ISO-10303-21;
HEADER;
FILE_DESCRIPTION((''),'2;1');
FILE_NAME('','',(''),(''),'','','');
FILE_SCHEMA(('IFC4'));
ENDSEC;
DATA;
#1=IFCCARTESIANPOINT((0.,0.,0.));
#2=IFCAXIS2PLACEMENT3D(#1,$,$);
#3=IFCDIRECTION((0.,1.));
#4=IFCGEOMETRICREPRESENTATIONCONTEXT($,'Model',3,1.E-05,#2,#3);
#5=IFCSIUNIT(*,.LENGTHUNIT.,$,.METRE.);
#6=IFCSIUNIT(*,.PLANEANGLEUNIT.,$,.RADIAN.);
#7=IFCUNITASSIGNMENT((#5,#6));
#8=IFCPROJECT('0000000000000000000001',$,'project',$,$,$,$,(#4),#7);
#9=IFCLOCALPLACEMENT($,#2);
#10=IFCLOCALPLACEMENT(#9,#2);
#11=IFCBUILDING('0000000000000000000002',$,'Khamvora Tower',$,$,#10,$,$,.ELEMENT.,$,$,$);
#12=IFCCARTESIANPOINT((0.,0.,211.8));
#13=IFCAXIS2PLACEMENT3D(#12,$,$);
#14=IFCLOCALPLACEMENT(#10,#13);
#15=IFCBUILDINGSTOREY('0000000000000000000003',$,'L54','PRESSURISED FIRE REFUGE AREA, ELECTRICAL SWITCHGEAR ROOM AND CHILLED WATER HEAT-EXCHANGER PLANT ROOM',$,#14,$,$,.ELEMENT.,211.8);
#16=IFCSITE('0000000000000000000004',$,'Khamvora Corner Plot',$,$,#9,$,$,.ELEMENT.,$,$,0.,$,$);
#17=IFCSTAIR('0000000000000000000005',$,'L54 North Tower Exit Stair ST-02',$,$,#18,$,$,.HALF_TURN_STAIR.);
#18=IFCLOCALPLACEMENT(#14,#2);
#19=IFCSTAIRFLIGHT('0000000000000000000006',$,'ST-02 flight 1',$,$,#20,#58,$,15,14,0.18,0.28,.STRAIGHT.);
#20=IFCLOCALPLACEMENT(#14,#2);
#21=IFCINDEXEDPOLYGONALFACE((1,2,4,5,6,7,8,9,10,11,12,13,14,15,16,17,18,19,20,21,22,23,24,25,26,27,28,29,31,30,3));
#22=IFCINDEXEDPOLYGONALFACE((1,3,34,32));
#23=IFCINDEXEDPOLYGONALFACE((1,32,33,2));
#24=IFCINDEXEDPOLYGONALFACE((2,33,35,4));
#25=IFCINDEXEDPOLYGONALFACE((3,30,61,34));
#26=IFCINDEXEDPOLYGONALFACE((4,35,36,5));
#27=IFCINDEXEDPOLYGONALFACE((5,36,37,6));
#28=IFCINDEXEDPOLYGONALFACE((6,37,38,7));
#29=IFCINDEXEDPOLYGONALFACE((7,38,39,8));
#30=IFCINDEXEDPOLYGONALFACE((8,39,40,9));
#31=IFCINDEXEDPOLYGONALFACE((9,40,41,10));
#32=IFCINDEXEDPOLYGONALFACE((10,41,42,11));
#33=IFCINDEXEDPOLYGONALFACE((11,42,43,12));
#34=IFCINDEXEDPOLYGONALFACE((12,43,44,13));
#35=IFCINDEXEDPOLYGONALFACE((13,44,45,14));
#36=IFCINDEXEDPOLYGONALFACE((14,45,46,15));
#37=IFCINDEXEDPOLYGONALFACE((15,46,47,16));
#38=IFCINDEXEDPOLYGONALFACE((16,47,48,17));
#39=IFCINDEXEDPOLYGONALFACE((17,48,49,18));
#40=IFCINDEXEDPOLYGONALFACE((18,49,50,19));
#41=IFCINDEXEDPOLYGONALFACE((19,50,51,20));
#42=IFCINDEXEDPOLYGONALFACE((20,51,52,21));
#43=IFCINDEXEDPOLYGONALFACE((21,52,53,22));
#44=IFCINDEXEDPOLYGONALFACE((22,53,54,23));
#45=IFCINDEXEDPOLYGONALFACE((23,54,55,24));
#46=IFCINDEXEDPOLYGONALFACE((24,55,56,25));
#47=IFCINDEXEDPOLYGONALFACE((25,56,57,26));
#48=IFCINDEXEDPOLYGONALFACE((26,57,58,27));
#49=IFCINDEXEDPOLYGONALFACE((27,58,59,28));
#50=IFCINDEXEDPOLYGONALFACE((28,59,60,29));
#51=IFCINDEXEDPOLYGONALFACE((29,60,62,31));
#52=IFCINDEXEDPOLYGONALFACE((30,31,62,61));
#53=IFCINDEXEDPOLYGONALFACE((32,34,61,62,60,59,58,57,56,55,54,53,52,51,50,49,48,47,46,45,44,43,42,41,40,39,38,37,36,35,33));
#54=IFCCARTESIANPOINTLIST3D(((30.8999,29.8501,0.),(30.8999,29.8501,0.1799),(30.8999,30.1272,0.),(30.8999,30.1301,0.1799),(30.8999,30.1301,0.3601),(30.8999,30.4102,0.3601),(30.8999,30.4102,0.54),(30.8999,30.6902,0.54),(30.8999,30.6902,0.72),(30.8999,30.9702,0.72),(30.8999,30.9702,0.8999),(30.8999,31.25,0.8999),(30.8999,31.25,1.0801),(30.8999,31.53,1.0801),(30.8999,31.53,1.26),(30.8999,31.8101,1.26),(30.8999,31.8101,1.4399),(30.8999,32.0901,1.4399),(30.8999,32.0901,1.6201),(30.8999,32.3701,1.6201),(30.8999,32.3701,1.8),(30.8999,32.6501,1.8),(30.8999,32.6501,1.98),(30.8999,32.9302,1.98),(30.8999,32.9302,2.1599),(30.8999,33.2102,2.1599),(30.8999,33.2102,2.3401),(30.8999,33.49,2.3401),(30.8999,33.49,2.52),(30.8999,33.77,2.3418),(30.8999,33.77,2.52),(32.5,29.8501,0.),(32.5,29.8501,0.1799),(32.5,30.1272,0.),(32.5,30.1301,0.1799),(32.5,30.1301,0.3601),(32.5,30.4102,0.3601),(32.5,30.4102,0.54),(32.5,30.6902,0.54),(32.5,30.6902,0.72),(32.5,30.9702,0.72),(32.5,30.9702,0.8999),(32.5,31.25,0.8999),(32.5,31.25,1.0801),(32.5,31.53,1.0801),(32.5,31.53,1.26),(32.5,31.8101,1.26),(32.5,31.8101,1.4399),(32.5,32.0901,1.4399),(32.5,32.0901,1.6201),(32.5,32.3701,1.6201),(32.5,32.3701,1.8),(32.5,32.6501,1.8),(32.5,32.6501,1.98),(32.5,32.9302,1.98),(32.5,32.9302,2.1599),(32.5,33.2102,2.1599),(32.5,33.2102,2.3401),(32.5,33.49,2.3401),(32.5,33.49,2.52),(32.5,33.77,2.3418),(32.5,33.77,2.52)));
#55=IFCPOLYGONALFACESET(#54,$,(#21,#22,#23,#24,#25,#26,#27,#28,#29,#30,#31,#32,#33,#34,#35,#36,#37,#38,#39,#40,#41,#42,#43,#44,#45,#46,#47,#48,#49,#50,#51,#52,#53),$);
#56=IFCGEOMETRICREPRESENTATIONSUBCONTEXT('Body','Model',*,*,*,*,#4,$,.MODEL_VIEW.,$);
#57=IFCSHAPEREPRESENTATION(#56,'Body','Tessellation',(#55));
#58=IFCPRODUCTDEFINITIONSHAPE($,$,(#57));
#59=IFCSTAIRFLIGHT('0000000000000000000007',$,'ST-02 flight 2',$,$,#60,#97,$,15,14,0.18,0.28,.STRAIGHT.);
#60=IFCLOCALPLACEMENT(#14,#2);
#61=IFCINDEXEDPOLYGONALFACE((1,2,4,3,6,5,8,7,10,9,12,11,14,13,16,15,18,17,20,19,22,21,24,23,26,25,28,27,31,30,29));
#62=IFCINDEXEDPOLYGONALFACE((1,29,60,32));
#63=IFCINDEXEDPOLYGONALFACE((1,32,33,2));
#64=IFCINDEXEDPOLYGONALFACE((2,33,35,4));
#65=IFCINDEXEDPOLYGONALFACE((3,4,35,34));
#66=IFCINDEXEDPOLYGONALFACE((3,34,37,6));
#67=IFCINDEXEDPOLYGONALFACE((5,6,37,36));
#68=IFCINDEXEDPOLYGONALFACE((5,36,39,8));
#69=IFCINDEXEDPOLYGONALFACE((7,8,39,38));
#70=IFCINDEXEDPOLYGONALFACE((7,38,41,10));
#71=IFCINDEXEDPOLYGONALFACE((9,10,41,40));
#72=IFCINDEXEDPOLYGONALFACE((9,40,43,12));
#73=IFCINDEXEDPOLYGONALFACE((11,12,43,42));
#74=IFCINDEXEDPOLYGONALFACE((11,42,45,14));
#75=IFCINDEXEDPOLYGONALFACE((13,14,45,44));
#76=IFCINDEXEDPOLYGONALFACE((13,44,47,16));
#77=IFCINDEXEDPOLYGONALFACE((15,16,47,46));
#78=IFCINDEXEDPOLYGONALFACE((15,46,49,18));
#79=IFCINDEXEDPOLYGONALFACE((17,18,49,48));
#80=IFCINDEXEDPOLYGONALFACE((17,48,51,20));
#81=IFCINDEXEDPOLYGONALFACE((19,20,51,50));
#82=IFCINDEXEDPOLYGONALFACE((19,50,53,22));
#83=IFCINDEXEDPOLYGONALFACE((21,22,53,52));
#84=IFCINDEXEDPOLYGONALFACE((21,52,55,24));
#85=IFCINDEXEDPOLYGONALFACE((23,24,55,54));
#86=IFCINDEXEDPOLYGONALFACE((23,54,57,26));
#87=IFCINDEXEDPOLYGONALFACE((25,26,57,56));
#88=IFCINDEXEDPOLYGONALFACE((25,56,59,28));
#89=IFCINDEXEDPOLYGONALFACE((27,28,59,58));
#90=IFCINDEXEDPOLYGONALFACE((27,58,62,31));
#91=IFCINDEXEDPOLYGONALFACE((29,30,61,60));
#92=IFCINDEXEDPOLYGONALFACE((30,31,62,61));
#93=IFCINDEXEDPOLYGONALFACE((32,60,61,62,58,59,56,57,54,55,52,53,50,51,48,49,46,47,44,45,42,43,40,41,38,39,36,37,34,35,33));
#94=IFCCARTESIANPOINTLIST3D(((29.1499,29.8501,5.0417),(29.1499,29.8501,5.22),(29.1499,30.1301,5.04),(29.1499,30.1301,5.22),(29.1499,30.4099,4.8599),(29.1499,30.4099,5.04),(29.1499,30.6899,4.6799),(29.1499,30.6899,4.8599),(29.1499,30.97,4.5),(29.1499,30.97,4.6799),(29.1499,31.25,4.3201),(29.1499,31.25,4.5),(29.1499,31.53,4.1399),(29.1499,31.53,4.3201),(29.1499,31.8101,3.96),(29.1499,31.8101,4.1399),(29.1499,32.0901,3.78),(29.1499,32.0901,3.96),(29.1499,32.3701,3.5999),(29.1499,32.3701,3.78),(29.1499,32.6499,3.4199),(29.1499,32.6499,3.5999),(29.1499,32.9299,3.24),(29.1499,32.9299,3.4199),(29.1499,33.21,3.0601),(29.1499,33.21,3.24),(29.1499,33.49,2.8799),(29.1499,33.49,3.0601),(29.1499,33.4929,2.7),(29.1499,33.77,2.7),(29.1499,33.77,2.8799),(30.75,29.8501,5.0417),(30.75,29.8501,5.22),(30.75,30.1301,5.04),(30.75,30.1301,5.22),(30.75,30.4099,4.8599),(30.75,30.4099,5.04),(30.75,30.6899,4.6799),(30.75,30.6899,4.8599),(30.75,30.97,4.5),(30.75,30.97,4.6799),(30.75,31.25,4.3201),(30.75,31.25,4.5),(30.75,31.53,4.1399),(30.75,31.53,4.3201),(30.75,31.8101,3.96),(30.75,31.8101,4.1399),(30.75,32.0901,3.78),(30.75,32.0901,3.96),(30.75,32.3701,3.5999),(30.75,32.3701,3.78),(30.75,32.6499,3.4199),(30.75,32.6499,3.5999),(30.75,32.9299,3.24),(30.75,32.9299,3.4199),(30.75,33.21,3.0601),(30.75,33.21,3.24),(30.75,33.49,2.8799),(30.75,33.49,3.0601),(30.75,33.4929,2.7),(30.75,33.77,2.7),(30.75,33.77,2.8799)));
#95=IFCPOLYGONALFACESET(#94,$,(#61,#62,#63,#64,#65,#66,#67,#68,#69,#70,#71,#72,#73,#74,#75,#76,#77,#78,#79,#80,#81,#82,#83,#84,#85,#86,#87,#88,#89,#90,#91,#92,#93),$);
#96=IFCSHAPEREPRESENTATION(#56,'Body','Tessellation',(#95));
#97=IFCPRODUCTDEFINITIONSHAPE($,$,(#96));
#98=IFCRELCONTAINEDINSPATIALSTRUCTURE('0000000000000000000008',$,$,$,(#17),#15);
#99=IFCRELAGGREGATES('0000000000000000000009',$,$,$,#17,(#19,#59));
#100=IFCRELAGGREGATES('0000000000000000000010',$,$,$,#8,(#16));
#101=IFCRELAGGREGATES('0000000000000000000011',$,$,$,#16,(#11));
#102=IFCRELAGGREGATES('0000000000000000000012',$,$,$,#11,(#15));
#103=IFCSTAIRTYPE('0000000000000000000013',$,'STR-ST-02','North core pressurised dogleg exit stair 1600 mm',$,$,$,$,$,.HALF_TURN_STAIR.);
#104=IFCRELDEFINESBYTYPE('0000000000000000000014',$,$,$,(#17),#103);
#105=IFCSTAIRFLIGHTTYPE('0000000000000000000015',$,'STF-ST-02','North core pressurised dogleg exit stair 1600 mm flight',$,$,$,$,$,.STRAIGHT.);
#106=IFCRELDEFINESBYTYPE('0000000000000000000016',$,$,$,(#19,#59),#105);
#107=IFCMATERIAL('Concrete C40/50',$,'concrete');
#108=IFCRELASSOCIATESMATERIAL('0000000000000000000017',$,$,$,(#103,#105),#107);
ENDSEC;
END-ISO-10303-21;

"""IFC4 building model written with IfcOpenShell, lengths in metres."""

from ifc_helpers import new_model, si_unit, direction, frame, origin, place, context, subcontext, project, spatial, polyline, outline, extrude, material, type_object, element, aggregate, save


model = new_model("IFC4")

# Units and contexts
model_context = context("Model", 3, precision=1e-05, world=origin(), true_north=direction((0.0, 1.0)))
body_context = subcontext(model_context, "Body", "Model", "MODEL_VIEW")
ifc_project = project(units=[si_unit("LENGTHUNIT", "METRE"), si_unit("PLANEANGLEUNIT", "RADIAN")], contexts=[model_context])

# Site, building, storey
site_placement = place(None, origin())
site = spatial("IfcSite", under=ifc_project, at=site_placement, Name="Khamvora Corner Plot", CompositionType="ELEMENT", RefElevation=0.0)
building_placement = place(site_placement, origin())
building = spatial("IfcBuilding", under=site, at=building_placement, Name="Khamvora Tower", CompositionType="ELEMENT")
storey_placement = place(building_placement, frame((0.0, 0.0, 211.8)))
storey = spatial("IfcBuildingStorey", under=building, at=storey_placement, Name="L54", Description="PRESSURISED FIRE REFUGE AREA, ELECTRICAL SWITCHGEAR ROOM AND CHILLED WATER HEAT-EXCHANGER PLANT ROOM", CompositionType="ELEMENT", Elevation=211.8)

# Shared definitions
ifc_material_1 = material(Name="Concrete C40/50", Category="concrete")

# Stair, stair flights
stair_type = type_object("IfcStairType", Name="STR-ST-02", Description="North core pressurised dogleg exit stair 1600 mm", PredefinedType="HALF_TURN_STAIR", material=ifc_material_1)
stair_placement = place(storey_placement, origin())
stair = element("IfcStair", 1, at=stair_placement, inside=storey, type_object=stair_type, Name="L54 North Tower Exit Stair ST-02", PredefinedType="HALF_TURN_STAIR")
stair_flight_type = type_object("IfcStairFlightType", Name="STF-ST-02", Description="North core pressurised dogleg exit stair 1600 mm flight", PredefinedType="STRAIGHT", material=ifc_material_1)
stair_flight_1_placement = place(storey_placement, frame((31.7, 29.8501, 0.0), z_axis=(0.0, 0.0, 1.0), x_axis=(0.0, 1.0, 0.0)))
stair_flight_1 = element("IfcStairFlight", 2, at=stair_flight_1_placement, type_object=stair_flight_type, Name="ST-02 flight 1", NumberOfRisers=15, NumberOfTreads=14, PredefinedType="STRAIGHT", RiserHeight=0.18, TreadLength=0.28, context=body_context, shape_type="SweptSolid", body=[
    extrude(outline(polyline([(0.0, 0.0), (0.0, 0.1799), (0.28, 0.1799), (0.28, 0.3601), (0.5601, 0.3601), (0.5601, 0.54), (0.8401, 0.54), (0.8401, 0.72), (1.1201, 0.72), (1.1201, 0.8999), (1.3999, 0.8999), (1.3999, 1.0801), (1.6799, 1.0801), (1.6799, 1.26), (1.96, 1.26), (1.96, 1.4399), (2.24, 1.4399), (2.24, 1.6201), (2.52, 1.6201), (2.52, 1.8), (2.8, 1.8), (2.8, 1.98), (3.0801, 1.98), (3.0801, 2.1599), (3.3601, 2.1599), (3.3601, 2.3401), (3.6399, 2.3401), (3.6399, 2.52), (3.9199, 2.52), (3.9199, 2.7), (3.9199, 2.3418), (0.2771, 0.0), (0.0, 0.0)])), frame((0.0, 0.8, 0.0), z_axis=(0.0, -1.0, 0.0), x_axis=(1.0, 0.0, 0.0)), (0.0, 0.0, 1.0), 1.6001),
])
stair_flight_2_placement = place(storey_placement, frame((29.95, 33.77, 2.7), z_axis=(0.0, 0.0, 1.0), x_axis=(0.0, -1.0, 0.0)))
stair_flight_2 = element("IfcStairFlight", 3, at=stair_flight_2_placement, type_object=stair_flight_type, Name="ST-02 flight 2", NumberOfRisers=15, NumberOfTreads=14, PredefinedType="STRAIGHT", RiserHeight=0.18, TreadLength=0.28, context=body_context, shape_type="SweptSolid", body=[
    extrude(outline(polyline([(0.0, 0.0), (0.0, 0.1799), (0.28, 0.1799), (0.28, 0.3601), (0.5601, 0.3601), (0.5601, 0.54), (0.8401, 0.54), (0.8401, 0.72), (1.1201, 0.72), (1.1201, 0.8999), (1.3999, 0.8999), (1.3999, 1.0801), (1.6799, 1.0801), (1.6799, 1.26), (1.96, 1.26), (1.96, 1.4399), (2.24, 1.4399), (2.24, 1.6201), (2.52, 1.6201), (2.52, 1.8), (2.8, 1.8), (2.8, 1.98), (3.0801, 1.98), (3.0801, 2.1599), (3.3601, 2.1599), (3.3601, 2.3401), (3.6399, 2.3401), (3.6399, 2.52), (3.9199, 2.52), (3.9199, 2.7), (3.9199, 2.3418), (0.2771, 0.0), (0.0, 0.0)])), frame((0.0, 0.8, 0.0), z_axis=(0.0, -1.0, 0.0), x_axis=(1.0, 0.0, 0.0)), (0.0, 0.0, 1.0), 1.6001),
])
aggregate(stair, [stair_flight_1, stair_flight_2])

save(model, "model.ifc")
